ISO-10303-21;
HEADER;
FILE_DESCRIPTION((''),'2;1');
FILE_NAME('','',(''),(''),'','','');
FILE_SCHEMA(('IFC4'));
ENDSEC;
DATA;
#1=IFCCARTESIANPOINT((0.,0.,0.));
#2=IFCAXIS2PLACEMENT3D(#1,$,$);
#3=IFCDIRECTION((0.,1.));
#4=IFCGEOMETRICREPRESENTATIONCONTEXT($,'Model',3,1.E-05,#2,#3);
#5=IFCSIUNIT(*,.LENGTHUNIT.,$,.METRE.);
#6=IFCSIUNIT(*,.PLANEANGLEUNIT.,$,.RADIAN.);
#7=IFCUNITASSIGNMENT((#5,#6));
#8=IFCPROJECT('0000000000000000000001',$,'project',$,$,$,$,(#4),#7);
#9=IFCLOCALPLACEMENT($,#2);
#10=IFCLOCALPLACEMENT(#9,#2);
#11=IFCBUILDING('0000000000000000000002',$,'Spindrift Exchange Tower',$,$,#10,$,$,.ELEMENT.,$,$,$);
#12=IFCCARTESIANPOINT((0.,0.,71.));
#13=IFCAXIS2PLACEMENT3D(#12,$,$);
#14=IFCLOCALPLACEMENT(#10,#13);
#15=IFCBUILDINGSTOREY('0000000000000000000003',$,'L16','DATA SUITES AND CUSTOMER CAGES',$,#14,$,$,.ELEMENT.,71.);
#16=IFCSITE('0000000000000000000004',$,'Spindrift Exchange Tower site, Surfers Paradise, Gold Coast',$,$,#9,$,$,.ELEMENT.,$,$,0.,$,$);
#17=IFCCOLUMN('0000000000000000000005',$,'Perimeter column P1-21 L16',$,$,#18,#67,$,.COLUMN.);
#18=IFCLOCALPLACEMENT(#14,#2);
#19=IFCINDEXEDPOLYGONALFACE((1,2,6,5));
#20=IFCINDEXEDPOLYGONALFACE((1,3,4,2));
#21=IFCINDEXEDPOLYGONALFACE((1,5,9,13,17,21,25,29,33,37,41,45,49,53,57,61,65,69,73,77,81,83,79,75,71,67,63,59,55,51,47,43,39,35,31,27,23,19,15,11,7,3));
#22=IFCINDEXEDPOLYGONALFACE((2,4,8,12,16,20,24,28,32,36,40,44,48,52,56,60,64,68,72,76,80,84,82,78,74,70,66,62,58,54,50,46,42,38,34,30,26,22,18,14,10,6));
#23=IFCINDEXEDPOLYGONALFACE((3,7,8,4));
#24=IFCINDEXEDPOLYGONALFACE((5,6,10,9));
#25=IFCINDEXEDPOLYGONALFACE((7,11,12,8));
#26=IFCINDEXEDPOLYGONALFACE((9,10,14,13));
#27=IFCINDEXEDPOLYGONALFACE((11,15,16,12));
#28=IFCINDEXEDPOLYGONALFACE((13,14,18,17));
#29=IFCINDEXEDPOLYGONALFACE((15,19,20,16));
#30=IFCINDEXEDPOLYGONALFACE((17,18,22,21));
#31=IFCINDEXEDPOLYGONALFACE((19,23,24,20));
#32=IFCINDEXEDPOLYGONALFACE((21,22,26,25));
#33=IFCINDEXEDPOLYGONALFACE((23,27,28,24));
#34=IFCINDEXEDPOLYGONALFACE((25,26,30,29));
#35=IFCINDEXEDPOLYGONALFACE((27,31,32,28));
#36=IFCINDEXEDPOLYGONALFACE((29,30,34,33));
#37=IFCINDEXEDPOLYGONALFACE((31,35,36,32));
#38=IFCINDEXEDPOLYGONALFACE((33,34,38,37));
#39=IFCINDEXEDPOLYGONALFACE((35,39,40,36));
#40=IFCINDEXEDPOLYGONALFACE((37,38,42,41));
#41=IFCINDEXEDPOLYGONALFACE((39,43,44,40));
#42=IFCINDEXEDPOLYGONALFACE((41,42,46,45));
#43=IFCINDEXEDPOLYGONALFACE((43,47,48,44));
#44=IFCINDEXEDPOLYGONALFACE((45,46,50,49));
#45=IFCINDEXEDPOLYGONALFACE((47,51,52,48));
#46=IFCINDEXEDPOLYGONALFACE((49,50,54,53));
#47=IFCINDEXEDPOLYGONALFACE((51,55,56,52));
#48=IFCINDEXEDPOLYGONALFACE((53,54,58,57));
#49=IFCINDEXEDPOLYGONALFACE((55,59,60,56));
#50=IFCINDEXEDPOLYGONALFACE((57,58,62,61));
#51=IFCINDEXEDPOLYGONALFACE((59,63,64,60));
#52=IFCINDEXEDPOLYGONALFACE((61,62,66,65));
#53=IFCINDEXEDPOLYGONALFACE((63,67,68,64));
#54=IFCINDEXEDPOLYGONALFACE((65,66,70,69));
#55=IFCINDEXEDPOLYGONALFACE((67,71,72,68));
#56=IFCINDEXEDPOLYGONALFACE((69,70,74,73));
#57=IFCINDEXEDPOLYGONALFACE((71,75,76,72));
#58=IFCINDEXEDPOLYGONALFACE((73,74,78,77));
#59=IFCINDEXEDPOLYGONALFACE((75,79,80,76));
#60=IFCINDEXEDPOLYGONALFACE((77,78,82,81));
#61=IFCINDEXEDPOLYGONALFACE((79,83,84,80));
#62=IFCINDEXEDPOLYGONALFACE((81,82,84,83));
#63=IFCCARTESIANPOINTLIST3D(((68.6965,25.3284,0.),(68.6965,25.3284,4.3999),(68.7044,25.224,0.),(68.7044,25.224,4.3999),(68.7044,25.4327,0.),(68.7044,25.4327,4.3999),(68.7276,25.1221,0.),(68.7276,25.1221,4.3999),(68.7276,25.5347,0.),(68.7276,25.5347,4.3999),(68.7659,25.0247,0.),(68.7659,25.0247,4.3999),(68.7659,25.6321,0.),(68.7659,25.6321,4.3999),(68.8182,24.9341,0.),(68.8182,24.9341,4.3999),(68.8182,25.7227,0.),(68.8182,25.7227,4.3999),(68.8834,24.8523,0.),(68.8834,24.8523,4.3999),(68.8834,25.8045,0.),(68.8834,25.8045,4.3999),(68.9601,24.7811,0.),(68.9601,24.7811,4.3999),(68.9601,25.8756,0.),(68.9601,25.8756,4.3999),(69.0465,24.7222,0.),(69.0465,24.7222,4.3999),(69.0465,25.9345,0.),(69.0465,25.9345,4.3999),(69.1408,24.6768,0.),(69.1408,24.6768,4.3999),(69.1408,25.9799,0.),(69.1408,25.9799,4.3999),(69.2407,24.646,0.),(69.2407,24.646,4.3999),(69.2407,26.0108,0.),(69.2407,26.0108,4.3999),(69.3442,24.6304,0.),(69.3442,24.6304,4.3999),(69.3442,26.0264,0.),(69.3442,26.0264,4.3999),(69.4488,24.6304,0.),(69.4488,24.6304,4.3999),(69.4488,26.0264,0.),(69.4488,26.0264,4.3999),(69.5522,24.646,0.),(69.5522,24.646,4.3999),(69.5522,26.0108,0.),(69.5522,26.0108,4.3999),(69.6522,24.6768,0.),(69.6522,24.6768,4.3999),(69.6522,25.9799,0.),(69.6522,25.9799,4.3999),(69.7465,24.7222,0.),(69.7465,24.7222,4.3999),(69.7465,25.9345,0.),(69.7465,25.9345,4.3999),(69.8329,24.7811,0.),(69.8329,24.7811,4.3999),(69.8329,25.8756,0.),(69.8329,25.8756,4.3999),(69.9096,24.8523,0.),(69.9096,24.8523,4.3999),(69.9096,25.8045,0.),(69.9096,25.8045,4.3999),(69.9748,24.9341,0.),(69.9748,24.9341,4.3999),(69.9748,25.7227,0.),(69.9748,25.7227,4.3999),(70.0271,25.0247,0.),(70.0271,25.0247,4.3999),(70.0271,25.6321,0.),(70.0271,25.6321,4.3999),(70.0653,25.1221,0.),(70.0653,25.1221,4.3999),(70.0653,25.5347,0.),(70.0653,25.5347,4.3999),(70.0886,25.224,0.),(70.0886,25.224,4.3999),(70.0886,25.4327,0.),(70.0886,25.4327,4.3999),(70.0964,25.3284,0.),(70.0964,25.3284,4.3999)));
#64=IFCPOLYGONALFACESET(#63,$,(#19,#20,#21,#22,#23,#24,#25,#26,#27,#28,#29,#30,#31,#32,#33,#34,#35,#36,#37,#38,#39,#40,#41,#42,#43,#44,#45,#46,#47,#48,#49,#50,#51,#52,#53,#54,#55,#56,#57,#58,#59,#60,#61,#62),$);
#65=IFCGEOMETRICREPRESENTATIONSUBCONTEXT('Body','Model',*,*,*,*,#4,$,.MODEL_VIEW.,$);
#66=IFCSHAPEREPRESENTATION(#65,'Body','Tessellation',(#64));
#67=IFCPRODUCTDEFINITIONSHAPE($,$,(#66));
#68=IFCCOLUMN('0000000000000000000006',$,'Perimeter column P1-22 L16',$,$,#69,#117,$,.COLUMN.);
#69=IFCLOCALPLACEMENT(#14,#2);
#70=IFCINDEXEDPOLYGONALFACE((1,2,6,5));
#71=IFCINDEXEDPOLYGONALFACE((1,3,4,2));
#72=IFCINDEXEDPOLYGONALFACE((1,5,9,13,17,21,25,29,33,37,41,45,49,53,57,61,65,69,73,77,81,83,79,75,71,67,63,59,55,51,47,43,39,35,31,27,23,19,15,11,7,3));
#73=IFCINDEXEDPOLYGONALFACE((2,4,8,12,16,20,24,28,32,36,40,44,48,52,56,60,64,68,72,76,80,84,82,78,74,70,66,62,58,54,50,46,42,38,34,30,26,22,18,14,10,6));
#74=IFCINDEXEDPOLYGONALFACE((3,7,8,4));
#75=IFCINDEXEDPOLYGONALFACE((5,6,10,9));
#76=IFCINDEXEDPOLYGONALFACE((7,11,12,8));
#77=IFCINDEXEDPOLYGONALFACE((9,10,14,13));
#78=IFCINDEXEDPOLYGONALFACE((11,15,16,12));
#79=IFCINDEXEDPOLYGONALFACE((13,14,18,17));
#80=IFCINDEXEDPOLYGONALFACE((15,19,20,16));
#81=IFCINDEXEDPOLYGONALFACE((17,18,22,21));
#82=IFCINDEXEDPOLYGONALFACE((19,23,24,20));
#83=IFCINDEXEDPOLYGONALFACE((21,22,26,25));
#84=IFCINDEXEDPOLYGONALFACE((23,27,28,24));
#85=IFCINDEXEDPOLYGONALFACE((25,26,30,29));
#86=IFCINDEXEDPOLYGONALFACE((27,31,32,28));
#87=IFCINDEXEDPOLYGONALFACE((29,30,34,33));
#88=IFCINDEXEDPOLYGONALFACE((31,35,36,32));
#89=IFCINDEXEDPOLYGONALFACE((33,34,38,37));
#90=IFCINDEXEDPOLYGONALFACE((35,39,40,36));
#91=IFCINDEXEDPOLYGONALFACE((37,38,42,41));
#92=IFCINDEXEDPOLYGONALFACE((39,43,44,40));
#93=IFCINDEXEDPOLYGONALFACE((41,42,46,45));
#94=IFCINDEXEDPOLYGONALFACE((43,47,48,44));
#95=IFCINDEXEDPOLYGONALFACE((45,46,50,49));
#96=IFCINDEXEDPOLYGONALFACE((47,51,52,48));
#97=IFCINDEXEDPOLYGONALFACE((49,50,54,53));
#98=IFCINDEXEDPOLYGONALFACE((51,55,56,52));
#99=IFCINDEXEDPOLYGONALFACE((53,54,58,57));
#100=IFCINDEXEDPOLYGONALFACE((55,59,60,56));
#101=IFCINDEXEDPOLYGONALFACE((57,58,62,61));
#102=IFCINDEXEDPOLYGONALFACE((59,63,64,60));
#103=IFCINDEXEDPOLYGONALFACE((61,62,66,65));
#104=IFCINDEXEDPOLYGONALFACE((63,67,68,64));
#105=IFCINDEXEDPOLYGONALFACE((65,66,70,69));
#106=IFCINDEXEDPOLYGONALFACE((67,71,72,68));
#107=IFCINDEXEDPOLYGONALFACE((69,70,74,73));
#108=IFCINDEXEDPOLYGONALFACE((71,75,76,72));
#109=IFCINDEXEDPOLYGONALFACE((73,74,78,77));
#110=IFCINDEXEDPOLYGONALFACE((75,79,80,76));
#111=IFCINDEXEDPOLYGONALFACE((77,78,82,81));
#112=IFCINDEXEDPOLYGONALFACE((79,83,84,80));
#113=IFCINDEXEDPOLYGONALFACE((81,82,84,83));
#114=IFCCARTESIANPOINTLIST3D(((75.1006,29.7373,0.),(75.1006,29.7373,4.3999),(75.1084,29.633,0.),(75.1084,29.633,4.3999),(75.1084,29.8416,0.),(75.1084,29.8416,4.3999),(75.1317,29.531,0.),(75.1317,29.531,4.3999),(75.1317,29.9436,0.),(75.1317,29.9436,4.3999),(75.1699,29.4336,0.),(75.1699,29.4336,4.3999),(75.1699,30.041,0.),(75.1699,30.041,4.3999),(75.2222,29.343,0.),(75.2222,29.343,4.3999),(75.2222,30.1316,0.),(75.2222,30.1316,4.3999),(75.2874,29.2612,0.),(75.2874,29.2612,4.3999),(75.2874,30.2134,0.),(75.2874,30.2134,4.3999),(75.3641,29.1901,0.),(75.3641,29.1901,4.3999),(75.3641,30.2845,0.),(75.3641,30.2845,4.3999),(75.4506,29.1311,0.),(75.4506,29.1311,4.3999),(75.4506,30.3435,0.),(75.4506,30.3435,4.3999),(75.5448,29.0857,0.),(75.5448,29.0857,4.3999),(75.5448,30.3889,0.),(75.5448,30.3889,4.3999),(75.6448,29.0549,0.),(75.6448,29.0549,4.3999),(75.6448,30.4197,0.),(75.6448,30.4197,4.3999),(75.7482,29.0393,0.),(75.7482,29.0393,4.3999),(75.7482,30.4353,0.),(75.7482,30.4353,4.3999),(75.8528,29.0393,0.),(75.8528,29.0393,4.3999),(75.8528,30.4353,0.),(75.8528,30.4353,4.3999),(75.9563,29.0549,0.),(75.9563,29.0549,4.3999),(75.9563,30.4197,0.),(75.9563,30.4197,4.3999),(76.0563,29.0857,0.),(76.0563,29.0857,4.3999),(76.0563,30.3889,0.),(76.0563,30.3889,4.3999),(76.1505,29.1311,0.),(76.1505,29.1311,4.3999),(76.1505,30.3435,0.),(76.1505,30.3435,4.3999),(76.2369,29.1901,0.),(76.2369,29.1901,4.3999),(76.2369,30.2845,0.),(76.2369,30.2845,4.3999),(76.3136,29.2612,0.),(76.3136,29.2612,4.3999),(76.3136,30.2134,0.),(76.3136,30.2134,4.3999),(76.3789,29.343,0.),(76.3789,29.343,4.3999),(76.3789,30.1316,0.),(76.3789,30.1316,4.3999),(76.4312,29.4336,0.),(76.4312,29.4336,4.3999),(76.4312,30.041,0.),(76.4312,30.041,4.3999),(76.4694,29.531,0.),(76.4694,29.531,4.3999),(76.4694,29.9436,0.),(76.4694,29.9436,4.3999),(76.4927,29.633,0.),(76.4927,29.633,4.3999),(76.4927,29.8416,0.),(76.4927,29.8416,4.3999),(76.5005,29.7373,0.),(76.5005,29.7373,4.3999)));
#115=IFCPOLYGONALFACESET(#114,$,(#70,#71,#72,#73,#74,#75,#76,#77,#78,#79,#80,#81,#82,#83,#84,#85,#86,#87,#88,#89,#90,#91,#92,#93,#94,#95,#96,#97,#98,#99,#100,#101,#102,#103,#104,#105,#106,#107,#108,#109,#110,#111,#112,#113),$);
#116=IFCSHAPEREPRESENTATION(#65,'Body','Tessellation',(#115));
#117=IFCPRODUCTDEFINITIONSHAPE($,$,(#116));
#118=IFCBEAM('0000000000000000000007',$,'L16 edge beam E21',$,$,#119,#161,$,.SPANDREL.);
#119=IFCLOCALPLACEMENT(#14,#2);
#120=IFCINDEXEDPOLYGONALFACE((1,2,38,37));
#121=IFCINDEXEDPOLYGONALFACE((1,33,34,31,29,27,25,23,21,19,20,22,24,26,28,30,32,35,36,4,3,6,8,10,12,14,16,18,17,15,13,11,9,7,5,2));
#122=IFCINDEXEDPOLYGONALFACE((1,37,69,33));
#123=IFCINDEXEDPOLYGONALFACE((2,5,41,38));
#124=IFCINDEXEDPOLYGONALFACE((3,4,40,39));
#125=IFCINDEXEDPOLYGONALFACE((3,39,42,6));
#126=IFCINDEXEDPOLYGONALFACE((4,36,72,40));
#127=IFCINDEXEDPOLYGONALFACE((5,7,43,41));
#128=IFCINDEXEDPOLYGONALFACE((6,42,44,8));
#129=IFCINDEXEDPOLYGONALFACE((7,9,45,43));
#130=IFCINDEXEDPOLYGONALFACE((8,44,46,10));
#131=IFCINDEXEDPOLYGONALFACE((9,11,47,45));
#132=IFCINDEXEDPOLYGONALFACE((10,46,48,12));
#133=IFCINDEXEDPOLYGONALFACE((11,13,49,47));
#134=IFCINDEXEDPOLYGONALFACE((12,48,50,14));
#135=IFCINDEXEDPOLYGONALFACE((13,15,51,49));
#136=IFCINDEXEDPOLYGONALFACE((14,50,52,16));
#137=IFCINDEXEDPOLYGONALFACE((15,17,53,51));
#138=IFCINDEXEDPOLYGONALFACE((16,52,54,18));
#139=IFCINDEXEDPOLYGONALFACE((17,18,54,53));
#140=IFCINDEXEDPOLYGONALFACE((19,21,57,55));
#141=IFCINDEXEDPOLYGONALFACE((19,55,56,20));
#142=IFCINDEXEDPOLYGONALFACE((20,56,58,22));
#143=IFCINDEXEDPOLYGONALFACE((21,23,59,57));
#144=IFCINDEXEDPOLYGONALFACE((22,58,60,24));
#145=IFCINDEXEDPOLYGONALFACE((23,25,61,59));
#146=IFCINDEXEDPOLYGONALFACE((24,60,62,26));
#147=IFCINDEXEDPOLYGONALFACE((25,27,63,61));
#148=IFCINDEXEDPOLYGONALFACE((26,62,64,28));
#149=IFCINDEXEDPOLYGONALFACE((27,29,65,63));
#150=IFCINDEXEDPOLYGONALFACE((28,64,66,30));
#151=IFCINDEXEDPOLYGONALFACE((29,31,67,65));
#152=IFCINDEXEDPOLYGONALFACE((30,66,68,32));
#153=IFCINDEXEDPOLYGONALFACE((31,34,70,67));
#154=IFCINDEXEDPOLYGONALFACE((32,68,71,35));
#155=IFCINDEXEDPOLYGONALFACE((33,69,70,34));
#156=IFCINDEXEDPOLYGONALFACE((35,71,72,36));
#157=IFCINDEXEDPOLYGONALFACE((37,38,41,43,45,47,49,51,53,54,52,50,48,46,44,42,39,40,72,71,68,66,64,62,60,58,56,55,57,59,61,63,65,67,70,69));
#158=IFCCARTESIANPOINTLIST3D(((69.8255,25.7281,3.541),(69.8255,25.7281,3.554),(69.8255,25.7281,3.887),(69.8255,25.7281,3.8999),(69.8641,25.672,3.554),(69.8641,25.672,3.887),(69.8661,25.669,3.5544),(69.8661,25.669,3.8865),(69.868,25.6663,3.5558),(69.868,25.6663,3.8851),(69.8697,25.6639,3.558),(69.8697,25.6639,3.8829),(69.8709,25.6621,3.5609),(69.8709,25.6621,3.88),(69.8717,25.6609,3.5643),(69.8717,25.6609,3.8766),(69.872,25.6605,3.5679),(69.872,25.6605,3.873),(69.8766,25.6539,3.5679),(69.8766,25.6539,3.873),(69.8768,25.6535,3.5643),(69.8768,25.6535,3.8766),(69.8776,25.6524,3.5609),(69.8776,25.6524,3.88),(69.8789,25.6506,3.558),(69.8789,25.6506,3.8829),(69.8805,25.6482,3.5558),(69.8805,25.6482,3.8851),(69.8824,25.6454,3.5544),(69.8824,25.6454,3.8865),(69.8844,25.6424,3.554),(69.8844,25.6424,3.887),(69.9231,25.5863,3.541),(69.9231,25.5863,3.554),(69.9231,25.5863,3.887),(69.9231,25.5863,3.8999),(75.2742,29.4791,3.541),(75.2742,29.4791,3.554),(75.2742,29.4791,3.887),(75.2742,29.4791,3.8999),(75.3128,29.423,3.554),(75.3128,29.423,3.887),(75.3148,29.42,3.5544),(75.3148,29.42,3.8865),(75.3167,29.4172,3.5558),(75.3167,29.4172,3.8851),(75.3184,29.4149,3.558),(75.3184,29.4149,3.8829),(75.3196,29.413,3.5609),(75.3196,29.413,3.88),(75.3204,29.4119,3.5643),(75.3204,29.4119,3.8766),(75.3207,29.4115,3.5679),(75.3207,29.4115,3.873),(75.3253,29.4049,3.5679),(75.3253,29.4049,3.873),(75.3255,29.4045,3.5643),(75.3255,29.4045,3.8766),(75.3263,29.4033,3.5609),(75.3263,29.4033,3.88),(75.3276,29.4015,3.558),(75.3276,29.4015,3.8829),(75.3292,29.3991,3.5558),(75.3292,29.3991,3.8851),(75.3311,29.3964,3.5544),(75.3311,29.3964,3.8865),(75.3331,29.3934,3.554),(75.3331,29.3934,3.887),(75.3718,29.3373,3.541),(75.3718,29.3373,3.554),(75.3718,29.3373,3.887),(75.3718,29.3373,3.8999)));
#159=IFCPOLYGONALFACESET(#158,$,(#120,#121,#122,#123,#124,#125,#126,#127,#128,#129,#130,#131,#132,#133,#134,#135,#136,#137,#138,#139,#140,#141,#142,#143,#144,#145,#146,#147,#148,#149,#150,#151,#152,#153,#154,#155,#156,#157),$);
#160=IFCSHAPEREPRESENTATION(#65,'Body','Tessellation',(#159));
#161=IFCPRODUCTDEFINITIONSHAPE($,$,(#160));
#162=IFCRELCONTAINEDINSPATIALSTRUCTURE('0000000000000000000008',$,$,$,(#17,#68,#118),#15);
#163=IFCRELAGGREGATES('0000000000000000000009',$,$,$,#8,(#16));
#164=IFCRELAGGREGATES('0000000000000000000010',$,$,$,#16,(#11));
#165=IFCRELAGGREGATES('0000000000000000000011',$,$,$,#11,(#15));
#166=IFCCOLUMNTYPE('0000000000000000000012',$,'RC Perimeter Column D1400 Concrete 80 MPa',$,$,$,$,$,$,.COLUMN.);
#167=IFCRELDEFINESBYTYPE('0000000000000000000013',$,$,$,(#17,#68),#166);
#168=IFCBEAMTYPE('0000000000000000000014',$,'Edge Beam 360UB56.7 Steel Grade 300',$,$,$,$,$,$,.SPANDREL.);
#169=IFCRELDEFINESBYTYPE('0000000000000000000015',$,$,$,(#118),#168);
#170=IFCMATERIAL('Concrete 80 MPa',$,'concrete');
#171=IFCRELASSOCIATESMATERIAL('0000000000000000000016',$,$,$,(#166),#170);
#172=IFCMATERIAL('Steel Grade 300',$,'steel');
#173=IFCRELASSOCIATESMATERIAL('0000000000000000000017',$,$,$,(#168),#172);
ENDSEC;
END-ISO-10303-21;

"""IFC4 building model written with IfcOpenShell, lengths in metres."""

from ifc_helpers import new_model, si_unit, direction, frame, origin, origin_2d, place, context, subcontext, project, spatial, circle, i_section, extrude, source, transform, mapped, material, material_profile, profile_set, type_object, element, save


model = new_model("IFC4")

# Units and contexts
model_context = context("Model", 3, precision=1e-05, world=origin(), true_north=direction((0.0, 1.0)))
body_context = subcontext(model_context, "Body", "Model", "MODEL_VIEW")
ifc_project = project(units=[si_unit("LENGTHUNIT", "METRE"), si_unit("PLANEANGLEUNIT", "RADIAN")], contexts=[model_context])

# Site, building, storey
site_placement = place(None, origin())
site = spatial("IfcSite", under=ifc_project, at=site_placement, Name="Spindrift Exchange Tower site, Surfers Paradise, Gold Coast", CompositionType="ELEMENT", RefElevation=0.0)
building_placement = place(site_placement, origin())
building = spatial("IfcBuilding", under=site, at=building_placement, Name="Spindrift Exchange Tower", CompositionType="ELEMENT")
storey_placement = place(building_placement, frame((0.0, 0.0, 71.0)))
storey = spatial("IfcBuildingStorey", under=building, at=storey_placement, Name="L16", Description="DATA SUITES AND CUSTOMER CAGES", CompositionType="ELEMENT", Elevation=71.0)

# Columns
ifc_material_1 = material(Name="Concrete 80 MPa", Category="concrete")
ifc_material_profile_1 = material_profile(ifc_material_1, circle(Radius=0.7, at=origin_2d()), Name="RC D1400")
ifc_profile_set_1 = profile_set([ifc_material_profile_1], Name="Concrete 80 MPa")
column_type = type_object("IfcColumnType", Name="RC Perimeter Column D1400 Concrete 80 MPa", PredefinedType="COLUMN", material=ifc_profile_set_1)
shared_shape_1 = source(origin(), body_context, "Body", "SweptSolid", [
    extrude(circle(Radius=0.7, at=origin_2d()), origin(), (0.0, 0.0, 1.0), 4.3999),
])
for number, where, z_axis, x_axis, name in (
    (1, (69.3965, 25.3284, 0.0), (0.0, 0.0, 1.0), (1.0, 0.0, 0.0), "Perimeter column P1-21 L16"),
    (2, (75.8005, 29.7373, 0.0), (0.0, 0.0, 1.0), (1.0, 0.0, 0.0), "Perimeter column P1-22 L16"),
):
    element("IfcColumn", number, at=place(storey_placement, frame(where, z_axis=z_axis, x_axis=x_axis)), inside=storey, type_object=column_type, Name=name, PredefinedType="COLUMN", context=body_context, shape_type="MappedRepresentation", body=[
        mapped(shared_shape_1, transform((0.0, 0.0, 0.0), scale=1.0)),
    ])

# Beam
ifc_material_2 = material(Name="Steel Grade 300", Category="steel")
ifc_material_profile_2 = material_profile(ifc_material_2, i_section(OverallWidth=0.1721, OverallDepth=0.3589, WebThickness=0.0081, FlangeThickness=0.0129, FilletRadius=0.0139, at=origin_2d()), Name="360UB56.7")
ifc_profile_set_2 = profile_set([ifc_material_profile_2], Name="Steel Grade 300")
beam_type = type_object("IfcBeamType", Name="Edge Beam 360UB56.7 Steel Grade 300", PredefinedType="SPANDREL", material=ifc_profile_set_2)
shared_shape_2 = source(origin(), body_context, "Body", "SweptSolid", [
    extrude(i_section(OverallWidth=0.1721, OverallDepth=0.3589, WebThickness=0.0081, FlangeThickness=0.0129, FilletRadius=0.0139, at=origin_2d()), origin(), (0.0, 0.0, 1.0), 6.615),
])
beam_1_placement = place(storey_placement, frame((69.8743, 25.6572, 3.7205), z_axis=(0.823691, 0.567039, 0.0), x_axis=(-0.567039, 0.823691, 0.0)))
element("IfcBeam", 3, at=beam_1_placement, inside=storey, type_object=beam_type, Name="L16 edge beam E21", PredefinedType="SPANDREL", context=body_context, shape_type="MappedRepresentation", body=[
    mapped(shared_shape_2, transform((0.0, 0.0, 0.0), scale=1.0)),
])

save(model, "model.ifc")
